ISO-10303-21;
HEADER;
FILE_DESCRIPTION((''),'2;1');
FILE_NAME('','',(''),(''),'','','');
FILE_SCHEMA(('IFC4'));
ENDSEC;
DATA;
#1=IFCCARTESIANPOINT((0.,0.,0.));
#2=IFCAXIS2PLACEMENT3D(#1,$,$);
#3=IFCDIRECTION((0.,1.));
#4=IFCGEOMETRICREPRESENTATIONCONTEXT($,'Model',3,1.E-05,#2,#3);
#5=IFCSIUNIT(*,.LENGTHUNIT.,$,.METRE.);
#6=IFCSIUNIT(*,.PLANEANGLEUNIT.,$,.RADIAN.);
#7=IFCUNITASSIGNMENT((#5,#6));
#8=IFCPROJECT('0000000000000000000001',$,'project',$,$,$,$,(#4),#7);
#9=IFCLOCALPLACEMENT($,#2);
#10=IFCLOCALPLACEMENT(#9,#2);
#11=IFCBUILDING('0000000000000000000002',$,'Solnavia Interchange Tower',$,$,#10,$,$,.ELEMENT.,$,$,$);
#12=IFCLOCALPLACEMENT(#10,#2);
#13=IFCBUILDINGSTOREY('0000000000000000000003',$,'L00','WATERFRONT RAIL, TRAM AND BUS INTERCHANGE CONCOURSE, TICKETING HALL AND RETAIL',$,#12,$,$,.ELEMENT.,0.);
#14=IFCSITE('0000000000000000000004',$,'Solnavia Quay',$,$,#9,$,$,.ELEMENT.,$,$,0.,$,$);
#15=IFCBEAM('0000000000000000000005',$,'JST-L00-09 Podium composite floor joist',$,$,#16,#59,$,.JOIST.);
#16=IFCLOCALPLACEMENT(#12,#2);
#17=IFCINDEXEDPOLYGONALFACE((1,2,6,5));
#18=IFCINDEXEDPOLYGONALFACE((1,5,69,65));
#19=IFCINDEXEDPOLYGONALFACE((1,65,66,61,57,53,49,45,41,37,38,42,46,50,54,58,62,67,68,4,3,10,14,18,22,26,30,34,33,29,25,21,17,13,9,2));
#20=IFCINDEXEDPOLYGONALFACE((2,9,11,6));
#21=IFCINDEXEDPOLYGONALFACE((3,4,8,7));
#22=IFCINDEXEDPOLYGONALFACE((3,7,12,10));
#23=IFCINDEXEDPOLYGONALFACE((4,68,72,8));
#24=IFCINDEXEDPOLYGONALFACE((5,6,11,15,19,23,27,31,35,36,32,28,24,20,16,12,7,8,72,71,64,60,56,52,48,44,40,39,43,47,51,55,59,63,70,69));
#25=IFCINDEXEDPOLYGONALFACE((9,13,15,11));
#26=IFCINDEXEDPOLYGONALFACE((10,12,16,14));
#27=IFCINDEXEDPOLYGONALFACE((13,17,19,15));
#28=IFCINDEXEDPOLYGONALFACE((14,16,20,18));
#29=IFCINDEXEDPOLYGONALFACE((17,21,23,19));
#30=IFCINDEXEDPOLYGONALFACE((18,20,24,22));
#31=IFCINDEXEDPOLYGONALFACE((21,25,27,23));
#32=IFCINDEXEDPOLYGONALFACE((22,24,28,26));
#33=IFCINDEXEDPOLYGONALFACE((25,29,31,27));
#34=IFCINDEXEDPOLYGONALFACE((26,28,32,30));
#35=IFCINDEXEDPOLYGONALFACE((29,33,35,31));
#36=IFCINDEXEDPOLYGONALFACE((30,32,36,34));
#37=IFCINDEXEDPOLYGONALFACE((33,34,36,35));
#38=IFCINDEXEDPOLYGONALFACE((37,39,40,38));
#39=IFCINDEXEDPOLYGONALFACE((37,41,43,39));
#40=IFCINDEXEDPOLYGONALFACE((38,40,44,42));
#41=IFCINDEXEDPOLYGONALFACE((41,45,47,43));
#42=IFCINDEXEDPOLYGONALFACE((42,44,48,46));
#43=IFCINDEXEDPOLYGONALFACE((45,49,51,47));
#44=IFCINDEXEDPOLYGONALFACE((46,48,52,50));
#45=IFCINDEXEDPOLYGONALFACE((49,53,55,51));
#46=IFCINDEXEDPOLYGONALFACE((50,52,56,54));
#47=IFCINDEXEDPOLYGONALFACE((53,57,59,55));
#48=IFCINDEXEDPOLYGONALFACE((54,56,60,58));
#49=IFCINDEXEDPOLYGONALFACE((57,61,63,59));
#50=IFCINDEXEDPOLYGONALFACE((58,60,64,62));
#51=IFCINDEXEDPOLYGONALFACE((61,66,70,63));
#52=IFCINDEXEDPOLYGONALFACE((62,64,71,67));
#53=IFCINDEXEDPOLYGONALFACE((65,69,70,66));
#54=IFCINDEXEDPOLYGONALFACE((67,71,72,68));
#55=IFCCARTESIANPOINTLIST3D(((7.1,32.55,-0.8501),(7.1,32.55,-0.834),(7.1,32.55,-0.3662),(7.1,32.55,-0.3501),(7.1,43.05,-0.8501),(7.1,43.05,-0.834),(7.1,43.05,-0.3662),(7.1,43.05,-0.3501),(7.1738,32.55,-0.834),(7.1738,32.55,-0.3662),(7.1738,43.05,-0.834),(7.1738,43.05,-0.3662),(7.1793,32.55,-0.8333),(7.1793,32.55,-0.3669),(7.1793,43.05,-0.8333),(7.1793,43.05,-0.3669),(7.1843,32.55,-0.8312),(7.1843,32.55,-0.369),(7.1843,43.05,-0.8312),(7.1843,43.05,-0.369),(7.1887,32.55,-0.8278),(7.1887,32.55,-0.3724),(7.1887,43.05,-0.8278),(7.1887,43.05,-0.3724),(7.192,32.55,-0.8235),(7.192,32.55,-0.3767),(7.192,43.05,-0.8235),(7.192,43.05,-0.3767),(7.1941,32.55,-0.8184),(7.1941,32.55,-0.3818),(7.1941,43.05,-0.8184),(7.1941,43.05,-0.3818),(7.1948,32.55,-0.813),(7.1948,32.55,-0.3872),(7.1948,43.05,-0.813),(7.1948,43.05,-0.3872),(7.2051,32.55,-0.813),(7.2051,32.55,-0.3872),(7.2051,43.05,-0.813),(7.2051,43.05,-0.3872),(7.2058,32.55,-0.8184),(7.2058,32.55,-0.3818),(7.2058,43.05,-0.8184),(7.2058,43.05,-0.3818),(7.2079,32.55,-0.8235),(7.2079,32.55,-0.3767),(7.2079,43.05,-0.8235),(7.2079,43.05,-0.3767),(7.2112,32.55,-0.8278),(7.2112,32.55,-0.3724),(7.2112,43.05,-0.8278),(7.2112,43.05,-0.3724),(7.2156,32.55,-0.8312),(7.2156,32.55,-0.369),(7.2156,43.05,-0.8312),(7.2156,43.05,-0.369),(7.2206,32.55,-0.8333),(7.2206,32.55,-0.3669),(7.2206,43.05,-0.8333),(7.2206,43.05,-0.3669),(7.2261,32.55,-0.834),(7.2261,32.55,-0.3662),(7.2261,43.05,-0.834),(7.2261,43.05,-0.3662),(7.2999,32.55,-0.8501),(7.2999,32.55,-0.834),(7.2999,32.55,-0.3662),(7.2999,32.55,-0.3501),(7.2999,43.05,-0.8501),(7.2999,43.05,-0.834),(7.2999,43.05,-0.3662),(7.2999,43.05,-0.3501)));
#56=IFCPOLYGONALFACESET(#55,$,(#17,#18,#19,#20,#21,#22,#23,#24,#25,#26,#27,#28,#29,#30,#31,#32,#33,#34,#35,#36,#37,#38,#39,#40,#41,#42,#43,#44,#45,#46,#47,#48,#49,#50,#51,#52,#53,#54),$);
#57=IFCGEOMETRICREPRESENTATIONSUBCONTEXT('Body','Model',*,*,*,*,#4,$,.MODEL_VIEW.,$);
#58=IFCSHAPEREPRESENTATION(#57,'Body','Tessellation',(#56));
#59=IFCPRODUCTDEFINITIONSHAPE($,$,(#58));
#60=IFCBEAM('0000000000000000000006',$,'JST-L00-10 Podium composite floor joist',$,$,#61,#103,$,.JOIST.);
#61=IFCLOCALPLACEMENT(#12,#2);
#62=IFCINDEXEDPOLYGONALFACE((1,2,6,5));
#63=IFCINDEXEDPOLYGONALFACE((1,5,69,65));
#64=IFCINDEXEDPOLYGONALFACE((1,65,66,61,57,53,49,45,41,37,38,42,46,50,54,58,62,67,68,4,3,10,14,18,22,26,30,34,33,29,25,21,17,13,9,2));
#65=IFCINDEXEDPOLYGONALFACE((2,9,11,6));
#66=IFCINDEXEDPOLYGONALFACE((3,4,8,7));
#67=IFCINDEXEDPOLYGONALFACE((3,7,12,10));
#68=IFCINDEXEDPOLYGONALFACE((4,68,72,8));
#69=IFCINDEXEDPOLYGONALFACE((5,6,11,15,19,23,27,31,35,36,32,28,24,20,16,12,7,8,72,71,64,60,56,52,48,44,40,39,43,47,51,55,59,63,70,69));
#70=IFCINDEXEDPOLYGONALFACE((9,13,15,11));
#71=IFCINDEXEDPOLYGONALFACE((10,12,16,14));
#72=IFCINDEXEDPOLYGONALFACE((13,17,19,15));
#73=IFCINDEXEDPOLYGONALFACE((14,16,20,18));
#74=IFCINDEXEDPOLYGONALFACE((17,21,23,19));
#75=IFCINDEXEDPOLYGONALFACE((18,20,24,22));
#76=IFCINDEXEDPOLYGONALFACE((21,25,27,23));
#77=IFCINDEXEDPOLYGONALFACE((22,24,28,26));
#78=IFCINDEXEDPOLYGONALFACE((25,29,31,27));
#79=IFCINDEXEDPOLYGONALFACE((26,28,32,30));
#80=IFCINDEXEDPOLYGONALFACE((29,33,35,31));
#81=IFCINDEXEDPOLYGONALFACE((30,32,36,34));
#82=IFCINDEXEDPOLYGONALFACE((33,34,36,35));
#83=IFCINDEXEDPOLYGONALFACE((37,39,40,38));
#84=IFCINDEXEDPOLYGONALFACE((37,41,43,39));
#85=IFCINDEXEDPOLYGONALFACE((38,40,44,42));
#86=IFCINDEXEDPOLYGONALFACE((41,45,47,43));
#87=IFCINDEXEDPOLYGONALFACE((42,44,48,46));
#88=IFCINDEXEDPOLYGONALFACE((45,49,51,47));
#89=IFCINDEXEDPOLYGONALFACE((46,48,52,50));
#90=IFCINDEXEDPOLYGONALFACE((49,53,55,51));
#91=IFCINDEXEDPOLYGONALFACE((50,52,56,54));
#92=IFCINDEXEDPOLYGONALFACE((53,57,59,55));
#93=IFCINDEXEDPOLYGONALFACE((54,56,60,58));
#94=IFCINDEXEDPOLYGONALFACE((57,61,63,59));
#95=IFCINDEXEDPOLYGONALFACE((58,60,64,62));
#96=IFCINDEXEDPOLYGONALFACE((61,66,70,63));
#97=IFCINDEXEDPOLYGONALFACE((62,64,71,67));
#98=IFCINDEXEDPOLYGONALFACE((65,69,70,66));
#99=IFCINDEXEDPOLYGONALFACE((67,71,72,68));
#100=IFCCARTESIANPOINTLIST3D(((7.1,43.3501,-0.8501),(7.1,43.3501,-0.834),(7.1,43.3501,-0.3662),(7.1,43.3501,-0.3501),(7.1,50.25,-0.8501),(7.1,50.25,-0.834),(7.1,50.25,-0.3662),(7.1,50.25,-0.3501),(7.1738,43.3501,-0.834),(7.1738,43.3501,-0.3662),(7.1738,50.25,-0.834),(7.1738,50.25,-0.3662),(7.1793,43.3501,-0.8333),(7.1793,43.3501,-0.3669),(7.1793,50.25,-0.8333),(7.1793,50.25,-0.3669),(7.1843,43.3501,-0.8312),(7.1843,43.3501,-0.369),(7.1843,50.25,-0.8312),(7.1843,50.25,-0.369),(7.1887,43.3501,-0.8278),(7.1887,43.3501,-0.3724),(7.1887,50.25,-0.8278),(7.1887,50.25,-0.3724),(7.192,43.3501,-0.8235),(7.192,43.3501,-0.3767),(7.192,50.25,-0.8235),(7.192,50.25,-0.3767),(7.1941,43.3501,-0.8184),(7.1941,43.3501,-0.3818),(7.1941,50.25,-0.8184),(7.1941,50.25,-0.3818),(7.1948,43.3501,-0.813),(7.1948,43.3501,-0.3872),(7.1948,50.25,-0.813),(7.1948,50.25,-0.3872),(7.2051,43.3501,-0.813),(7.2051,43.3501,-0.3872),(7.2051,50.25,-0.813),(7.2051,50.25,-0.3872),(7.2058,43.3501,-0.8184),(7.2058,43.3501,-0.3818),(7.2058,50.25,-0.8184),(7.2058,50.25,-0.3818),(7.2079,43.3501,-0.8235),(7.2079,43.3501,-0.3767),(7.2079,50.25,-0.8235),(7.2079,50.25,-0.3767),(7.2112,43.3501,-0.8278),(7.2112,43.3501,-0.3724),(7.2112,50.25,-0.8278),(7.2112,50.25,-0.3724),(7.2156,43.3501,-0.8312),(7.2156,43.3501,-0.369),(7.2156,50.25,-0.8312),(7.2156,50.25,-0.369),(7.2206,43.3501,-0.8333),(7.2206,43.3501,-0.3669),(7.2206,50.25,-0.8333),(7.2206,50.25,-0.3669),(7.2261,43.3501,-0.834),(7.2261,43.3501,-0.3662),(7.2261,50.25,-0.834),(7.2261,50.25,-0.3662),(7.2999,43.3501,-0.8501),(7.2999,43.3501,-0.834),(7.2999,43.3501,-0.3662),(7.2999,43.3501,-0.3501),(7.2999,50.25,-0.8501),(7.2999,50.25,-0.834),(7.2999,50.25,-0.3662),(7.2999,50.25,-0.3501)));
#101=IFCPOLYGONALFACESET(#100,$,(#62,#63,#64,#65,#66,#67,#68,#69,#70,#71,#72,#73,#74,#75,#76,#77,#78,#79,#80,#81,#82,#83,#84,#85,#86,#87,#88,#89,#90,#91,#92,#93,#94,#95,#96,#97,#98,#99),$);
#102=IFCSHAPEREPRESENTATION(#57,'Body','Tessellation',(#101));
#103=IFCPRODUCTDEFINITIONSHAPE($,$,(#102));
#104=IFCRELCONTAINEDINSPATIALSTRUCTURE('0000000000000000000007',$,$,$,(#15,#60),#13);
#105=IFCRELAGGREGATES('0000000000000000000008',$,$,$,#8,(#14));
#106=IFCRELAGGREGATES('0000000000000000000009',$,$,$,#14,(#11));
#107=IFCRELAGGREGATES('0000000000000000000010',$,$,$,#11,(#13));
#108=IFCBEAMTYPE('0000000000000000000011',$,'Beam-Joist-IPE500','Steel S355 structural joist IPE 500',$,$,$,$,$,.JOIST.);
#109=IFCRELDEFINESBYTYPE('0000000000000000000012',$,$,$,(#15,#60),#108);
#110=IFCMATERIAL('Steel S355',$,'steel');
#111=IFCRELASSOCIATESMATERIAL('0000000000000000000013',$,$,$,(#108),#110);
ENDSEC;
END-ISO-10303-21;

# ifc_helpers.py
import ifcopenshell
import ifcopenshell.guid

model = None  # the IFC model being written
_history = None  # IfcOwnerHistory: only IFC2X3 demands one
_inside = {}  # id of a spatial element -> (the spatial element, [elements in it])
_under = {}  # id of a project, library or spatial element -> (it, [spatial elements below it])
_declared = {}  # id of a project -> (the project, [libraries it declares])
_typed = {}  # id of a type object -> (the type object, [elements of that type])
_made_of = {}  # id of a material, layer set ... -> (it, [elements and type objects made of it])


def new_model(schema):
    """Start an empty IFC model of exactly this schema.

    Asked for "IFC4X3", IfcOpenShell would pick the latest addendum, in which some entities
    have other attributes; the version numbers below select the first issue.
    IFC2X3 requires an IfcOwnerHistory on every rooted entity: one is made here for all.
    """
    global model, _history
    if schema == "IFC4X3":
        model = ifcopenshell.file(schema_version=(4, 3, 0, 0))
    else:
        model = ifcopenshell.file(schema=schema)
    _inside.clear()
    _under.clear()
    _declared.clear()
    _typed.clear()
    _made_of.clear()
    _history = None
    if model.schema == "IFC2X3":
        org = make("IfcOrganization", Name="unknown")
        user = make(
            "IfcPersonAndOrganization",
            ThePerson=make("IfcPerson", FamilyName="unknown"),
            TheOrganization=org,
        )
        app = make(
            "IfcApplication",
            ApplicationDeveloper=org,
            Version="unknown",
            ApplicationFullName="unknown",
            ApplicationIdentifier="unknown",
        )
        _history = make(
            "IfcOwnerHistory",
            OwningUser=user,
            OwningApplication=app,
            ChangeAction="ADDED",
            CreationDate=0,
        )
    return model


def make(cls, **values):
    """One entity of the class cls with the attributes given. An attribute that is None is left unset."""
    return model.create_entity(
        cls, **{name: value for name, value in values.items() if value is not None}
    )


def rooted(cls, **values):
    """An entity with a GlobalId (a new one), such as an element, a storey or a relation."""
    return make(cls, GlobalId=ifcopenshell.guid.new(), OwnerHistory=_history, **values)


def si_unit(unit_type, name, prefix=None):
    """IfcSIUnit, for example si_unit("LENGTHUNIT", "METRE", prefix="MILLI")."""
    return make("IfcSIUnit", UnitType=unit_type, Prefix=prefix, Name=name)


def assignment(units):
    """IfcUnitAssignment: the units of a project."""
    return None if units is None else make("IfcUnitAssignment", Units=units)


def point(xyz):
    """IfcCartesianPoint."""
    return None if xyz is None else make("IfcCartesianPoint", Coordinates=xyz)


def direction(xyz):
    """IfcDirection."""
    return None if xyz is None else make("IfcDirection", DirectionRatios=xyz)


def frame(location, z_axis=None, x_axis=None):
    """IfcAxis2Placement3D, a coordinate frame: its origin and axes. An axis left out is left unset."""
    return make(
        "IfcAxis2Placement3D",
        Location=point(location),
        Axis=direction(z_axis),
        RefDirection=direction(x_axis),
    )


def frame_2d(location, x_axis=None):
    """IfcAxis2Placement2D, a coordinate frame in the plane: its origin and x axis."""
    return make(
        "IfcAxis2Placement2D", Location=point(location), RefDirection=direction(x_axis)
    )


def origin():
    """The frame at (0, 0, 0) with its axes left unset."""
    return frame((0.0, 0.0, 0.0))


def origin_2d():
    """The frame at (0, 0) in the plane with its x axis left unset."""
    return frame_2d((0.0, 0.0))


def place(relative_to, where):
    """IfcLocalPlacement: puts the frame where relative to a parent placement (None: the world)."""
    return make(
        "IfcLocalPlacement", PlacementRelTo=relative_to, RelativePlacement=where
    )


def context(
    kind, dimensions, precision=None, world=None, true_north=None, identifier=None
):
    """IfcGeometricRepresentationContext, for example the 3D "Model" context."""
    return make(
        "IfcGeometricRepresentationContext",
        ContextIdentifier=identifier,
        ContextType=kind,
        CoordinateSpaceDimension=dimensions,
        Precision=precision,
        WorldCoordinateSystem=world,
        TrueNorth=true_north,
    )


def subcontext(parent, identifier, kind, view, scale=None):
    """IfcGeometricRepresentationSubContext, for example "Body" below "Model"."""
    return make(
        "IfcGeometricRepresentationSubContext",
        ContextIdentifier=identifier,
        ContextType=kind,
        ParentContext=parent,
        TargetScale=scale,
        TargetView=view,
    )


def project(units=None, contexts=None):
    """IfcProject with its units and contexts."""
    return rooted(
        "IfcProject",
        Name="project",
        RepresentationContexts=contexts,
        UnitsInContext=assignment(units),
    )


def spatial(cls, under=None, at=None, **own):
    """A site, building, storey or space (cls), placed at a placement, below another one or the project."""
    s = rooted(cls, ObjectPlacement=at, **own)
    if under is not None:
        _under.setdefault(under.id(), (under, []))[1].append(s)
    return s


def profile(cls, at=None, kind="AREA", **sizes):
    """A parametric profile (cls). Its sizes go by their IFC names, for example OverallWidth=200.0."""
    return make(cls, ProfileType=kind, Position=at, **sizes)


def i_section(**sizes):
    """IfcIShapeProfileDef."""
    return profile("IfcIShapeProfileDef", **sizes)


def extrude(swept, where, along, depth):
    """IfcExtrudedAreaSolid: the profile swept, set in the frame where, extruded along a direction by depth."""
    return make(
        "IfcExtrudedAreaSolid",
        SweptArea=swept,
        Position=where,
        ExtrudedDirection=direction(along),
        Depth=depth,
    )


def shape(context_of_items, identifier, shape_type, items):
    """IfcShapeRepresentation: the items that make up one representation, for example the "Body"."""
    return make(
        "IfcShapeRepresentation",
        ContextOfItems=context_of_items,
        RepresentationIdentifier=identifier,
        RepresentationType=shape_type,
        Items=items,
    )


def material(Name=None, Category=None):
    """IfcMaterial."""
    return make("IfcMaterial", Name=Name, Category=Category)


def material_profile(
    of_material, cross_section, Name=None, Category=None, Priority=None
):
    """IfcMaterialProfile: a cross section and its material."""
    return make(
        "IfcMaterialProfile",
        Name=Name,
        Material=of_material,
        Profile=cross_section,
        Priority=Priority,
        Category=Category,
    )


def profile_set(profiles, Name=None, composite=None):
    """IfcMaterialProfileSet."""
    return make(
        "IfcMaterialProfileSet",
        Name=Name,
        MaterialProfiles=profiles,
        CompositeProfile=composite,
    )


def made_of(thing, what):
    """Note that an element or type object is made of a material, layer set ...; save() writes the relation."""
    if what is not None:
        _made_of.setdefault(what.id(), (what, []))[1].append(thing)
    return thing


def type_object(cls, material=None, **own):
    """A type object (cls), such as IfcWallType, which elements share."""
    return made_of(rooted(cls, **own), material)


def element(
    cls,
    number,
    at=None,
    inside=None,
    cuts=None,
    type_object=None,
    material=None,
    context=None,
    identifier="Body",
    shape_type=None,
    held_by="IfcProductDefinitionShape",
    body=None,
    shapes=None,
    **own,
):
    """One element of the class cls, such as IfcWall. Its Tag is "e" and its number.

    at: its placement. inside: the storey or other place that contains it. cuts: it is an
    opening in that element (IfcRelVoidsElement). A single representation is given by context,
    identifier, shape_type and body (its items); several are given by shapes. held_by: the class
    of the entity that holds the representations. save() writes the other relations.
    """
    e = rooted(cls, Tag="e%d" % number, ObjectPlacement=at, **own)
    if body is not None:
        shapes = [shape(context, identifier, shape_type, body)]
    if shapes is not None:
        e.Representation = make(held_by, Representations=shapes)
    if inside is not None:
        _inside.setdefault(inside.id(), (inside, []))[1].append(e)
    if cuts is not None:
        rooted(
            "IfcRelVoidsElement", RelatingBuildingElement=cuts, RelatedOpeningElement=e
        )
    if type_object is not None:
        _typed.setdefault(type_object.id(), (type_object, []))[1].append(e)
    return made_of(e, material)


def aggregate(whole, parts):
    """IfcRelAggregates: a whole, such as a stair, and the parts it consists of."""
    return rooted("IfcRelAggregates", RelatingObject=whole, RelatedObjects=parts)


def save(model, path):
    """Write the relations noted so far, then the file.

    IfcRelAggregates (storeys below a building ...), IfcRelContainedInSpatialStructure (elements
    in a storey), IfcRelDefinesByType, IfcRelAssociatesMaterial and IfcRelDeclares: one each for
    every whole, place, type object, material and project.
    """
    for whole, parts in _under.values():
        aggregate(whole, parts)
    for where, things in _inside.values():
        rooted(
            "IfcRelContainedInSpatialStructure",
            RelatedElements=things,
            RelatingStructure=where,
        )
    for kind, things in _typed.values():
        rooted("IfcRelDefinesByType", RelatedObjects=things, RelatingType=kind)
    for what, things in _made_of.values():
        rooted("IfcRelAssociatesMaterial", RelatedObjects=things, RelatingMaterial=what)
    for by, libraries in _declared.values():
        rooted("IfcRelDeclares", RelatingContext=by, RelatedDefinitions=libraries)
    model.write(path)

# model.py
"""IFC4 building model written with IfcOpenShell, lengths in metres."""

from ifc_helpers import new_model, si_unit, direction, frame, origin, origin_2d, place, context, subcontext, project, spatial, i_section, extrude, material, material_profile, profile_set, type_object, element, save


model = new_model("IFC4")

# Units and contexts
model_context = context("Model", 3, precision=1e-05, world=origin(), true_north=direction((0.0, 1.0)))
body_context = subcontext(model_context, "Body", "Model", "MODEL_VIEW")
ifc_project = project(units=[si_unit("LENGTHUNIT", "METRE"), si_unit("PLANEANGLEUNIT", "RADIAN")], contexts=[model_context])

# Site, building, storey
site_placement = place(None, origin())
site = spatial("IfcSite", under=ifc_project, at=site_placement, Name="Solnavia Quay", CompositionType="ELEMENT", RefElevation=0.0)
building_placement = place(site_placement, origin())
building = spatial("IfcBuilding", under=site, at=building_placement, Name="Solnavia Interchange Tower", CompositionType="ELEMENT")
storey_placement = place(building_placement, origin())
storey = spatial("IfcBuildingStorey", under=building, at=storey_placement, Name="L00", Description="WATERFRONT RAIL, TRAM AND BUS INTERCHANGE CONCOURSE, TICKETING HALL AND RETAIL", CompositionType="ELEMENT", Elevation=0.0)

# Beams
ifc_material_1 = material(Name="Steel S355", Category="steel")
ifc_material_profile_1 = material_profile(ifc_material_1, i_section(OverallWidth=0.2, OverallDepth=0.5, WebThickness=0.0103, FlangeThickness=0.0161, FilletRadius=0.021, at=origin_2d()), Name="IPE 500")
ifc_profile_set_1 = profile_set([ifc_material_profile_1], Name="Steel S355")
beam_type_1 = type_object("IfcBeamType", Name="Beam-Joist-IPE500", Description="Steel S355 structural joist IPE 500", PredefinedType="JOIST", material=ifc_profile_set_1)
beam_1_placement = place(storey_placement, frame((7.2, 32.55, -0.6001), z_axis=(0.0, 1.0, 0.0), x_axis=(-1.0, 0.0, 0.0)))
element("IfcBeam", 1, at=beam_1_placement, inside=storey, type_object=beam_type_1, Name="JST-L00-09 Podium composite floor joist", PredefinedType="JOIST", context=body_context, shape_type="SweptSolid", body=[
    extrude(i_section(OverallWidth=0.2, OverallDepth=0.5, WebThickness=0.0103, FlangeThickness=0.0161, FilletRadius=0.021, at=origin_2d()), origin(), (0.0, 0.0, 1.0), 10.5),
])
beam_2_placement = place(storey_placement, frame((7.2, 43.3501, -0.6001), z_axis=(0.0, 1.0, 0.0), x_axis=(-1.0, 0.0, 0.0)))
element("IfcBeam", 2, at=beam_2_placement, inside=storey, type_object=beam_type_1, Name="JST-L00-10 Podium composite floor joist", PredefinedType="JOIST", context=body_context, shape_type="SweptSolid", body=[
    extrude(i_section(OverallWidth=0.2, OverallDepth=0.5, WebThickness=0.0103, FlangeThickness=0.0161, FilletRadius=0.021, at=origin_2d()), origin(), (0.0, 0.0, 1.0), 6.8999),
])

save(model, "model.ifc")
